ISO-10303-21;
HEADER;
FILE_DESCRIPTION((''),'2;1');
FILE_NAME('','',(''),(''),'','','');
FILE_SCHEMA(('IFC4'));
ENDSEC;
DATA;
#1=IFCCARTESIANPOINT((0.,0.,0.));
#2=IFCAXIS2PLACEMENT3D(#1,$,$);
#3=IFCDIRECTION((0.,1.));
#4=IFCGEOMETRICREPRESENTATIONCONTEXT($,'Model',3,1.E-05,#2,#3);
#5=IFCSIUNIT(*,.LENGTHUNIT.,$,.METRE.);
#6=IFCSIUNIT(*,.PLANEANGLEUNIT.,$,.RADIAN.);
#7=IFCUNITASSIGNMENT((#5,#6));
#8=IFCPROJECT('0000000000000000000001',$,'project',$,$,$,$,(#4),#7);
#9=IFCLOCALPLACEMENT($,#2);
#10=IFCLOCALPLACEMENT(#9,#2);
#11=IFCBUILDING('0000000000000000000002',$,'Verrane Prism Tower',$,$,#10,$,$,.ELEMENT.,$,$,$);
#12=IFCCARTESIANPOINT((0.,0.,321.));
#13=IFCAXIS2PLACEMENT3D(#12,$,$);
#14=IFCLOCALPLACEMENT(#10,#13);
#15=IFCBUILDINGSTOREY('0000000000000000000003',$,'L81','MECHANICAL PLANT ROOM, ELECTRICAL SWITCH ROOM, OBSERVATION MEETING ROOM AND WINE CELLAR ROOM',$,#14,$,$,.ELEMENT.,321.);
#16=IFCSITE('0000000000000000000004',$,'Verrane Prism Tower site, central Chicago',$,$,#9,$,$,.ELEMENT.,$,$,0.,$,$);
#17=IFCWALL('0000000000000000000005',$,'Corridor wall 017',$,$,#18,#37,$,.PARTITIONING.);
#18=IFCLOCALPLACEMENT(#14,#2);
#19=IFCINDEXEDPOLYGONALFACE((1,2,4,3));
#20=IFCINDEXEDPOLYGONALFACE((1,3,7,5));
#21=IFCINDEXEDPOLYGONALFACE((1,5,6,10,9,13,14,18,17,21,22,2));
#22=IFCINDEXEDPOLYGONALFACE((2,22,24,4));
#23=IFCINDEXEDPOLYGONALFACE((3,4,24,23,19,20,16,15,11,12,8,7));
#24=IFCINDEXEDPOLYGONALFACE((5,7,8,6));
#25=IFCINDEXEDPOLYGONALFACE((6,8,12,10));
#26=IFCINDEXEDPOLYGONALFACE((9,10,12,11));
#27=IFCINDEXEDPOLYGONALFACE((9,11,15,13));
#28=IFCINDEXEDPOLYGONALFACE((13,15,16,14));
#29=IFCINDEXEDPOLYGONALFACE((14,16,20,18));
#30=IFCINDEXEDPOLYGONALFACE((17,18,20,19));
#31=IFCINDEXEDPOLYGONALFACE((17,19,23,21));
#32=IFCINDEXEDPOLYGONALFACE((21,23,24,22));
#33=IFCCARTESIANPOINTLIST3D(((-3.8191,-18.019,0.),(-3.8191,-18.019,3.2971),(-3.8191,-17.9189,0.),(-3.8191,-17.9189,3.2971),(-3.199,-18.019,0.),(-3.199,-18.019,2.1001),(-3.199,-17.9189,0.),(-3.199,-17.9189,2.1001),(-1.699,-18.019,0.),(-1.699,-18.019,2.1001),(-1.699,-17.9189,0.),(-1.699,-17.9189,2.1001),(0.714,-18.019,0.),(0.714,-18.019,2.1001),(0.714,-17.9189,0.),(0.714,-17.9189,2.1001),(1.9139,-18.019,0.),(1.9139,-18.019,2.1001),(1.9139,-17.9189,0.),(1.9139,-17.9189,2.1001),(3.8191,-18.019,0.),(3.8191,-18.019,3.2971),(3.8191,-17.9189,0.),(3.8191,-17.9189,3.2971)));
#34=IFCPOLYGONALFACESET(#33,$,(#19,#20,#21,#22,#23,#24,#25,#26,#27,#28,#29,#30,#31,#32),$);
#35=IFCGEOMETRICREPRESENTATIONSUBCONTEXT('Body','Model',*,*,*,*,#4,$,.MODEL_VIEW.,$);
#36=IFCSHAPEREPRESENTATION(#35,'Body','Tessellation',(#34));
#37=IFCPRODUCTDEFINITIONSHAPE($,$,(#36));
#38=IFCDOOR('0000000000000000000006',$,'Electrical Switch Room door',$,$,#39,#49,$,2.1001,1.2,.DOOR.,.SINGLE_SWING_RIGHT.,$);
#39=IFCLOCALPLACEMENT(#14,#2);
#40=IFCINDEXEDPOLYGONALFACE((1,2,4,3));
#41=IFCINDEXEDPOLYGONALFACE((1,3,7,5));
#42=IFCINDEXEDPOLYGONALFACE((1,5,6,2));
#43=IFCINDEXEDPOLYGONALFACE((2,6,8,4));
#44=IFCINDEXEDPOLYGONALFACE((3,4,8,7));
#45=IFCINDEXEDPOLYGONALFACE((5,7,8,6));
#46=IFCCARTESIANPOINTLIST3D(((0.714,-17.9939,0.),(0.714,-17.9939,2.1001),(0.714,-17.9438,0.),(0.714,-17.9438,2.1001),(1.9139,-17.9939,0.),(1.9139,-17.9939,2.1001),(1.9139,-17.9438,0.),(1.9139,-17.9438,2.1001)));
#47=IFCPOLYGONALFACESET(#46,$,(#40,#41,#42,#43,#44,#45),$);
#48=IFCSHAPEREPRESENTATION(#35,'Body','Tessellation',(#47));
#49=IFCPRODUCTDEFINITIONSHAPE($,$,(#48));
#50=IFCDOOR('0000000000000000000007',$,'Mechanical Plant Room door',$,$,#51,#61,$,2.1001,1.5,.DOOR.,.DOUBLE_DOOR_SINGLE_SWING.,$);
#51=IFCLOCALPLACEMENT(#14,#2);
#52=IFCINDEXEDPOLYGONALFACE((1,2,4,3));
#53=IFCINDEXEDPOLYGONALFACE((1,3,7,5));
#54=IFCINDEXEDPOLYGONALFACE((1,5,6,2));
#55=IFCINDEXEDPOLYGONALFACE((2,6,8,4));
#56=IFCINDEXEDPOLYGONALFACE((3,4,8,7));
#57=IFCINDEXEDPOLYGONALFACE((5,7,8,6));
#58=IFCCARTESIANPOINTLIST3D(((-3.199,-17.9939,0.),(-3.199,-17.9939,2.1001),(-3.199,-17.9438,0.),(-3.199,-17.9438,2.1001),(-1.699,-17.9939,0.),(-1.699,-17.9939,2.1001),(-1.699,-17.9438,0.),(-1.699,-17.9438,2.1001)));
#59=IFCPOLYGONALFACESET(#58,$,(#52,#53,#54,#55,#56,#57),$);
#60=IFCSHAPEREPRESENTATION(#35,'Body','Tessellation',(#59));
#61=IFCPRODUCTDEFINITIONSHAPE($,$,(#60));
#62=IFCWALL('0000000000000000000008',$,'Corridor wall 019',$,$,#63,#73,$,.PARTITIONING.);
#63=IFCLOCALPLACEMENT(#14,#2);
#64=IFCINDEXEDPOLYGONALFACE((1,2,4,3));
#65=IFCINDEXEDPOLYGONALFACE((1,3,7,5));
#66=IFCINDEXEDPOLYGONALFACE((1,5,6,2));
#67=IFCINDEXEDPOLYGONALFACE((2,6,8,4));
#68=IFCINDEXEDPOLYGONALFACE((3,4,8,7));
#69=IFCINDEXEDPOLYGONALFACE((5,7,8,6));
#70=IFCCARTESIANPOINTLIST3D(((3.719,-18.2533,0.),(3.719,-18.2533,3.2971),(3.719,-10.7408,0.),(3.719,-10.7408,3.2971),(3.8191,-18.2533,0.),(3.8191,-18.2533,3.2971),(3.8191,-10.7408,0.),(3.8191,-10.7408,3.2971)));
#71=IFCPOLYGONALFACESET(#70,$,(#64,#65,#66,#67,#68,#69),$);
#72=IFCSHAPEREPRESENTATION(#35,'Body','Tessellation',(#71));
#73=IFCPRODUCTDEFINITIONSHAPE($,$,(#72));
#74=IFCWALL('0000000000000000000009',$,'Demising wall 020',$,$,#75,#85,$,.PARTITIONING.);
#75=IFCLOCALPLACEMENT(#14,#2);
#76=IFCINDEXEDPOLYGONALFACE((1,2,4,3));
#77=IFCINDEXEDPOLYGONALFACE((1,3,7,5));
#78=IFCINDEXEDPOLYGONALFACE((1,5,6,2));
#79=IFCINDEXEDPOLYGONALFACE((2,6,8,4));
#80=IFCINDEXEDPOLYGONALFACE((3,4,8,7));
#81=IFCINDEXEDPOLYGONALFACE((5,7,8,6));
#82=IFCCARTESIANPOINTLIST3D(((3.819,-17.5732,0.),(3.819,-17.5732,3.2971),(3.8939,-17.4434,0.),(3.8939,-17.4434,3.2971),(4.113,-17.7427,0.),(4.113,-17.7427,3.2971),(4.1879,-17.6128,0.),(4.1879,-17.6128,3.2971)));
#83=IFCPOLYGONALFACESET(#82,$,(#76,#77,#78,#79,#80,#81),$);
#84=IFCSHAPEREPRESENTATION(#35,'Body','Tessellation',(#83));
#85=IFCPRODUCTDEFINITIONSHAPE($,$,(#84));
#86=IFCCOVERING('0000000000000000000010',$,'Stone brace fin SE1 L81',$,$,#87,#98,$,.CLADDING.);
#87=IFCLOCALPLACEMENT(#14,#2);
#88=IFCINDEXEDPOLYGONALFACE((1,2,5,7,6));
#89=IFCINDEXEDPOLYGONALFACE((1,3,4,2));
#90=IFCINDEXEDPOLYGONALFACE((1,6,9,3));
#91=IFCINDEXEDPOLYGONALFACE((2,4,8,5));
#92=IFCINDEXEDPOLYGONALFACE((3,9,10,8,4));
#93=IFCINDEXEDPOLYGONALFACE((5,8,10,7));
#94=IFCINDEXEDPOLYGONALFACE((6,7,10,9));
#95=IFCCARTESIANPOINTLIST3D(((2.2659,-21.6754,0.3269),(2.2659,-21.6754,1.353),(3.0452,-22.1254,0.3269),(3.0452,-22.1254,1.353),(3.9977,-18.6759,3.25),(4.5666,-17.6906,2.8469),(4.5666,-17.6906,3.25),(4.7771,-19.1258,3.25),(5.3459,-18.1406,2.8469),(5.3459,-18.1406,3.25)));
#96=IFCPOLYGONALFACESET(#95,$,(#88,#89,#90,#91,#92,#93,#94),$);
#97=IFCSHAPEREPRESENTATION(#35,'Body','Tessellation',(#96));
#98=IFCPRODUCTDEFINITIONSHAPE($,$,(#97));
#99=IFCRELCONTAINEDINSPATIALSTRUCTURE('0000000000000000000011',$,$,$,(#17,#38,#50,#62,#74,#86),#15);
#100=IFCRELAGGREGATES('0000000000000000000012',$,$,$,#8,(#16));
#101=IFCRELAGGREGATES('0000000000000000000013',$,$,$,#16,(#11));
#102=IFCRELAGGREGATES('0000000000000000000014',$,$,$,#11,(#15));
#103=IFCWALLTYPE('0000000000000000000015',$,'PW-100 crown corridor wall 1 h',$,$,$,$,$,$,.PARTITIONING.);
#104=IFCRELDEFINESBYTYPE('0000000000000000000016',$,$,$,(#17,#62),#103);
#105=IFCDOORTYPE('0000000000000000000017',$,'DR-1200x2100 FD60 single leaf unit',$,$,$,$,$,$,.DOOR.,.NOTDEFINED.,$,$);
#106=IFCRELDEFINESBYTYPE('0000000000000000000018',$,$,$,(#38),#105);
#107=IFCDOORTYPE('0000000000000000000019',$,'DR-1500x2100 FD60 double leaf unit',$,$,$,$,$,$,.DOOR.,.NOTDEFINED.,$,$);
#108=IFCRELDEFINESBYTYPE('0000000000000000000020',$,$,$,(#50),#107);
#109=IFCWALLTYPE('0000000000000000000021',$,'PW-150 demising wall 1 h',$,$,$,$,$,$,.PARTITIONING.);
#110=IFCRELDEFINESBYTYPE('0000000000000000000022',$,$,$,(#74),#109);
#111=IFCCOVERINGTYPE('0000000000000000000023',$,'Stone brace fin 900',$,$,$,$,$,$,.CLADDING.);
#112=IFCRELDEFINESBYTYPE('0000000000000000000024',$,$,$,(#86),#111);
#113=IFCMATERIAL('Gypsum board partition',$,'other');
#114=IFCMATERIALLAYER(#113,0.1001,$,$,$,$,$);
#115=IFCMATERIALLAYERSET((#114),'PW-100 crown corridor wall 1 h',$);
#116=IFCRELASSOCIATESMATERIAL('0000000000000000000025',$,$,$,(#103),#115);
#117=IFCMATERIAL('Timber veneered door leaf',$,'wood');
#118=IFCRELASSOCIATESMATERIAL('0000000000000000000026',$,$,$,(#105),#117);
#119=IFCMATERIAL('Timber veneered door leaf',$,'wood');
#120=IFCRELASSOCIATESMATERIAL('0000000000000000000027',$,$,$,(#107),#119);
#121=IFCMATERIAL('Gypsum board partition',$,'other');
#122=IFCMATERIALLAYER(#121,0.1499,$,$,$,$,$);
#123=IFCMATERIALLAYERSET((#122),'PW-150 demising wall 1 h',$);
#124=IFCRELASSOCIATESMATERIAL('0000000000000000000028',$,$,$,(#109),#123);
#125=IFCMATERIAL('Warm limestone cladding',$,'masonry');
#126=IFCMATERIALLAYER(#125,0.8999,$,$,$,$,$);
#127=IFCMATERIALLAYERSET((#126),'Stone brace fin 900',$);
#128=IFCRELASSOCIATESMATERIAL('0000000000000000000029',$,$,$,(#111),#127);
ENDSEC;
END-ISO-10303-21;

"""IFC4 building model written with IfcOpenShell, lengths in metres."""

from ifc_helpers import new_model, si_unit, direction, frame, frame_2d, origin, place, context, subcontext, project, spatial, polyline, rectangle, outline, extrude, material, layer, layer_set, type_object, element, fill, save


model = new_model("IFC4")

# Units and contexts
model_context = context("Model", 3, precision=1e-05, world=origin(), true_north=direction((0.0, 1.0)))
body_context = subcontext(model_context, "Body", "Model", "MODEL_VIEW")
ifc_project = project(units=[si_unit("LENGTHUNIT", "METRE"), si_unit("PLANEANGLEUNIT", "RADIAN")], contexts=[model_context])

# Site, building, storey
site_placement = place(None, origin())
site = spatial("IfcSite", under=ifc_project, at=site_placement, Name="Verrane Prism Tower site, central Chicago", CompositionType="ELEMENT", RefElevation=0.0)
building_placement = place(site_placement, origin())
building = spatial("IfcBuilding", under=site, at=building_placement, Name="Verrane Prism Tower", CompositionType="ELEMENT")
storey_placement = place(building_placement, frame((0.0, 0.0, 321.0)))
storey = spatial("IfcBuildingStorey", under=building, at=storey_placement, Name="L81", Description="MECHANICAL PLANT ROOM, ELECTRICAL SWITCH ROOM, OBSERVATION MEETING ROOM AND WINE CELLAR ROOM", CompositionType="ELEMENT", Elevation=321.0)

# Wall, openings, doors
ifc_material_1 = material(Name="Gypsum board partition", Category="other")
ifc_layer_1 = layer(ifc_material_1, 0.1001)
ifc_layer_set_1 = layer_set([ifc_layer_1], Name="PW-100 crown corridor wall 1 h")
wall_type_1 = type_object("IfcWallType", Name="PW-100 crown corridor wall 1 h", PredefinedType="PARTITIONING", material=ifc_layer_set_1)
wall_1_placement = place(storey_placement, frame((3.8191, -17.969, 0.0), z_axis=(0.0, 0.0, 1.0), x_axis=(-1.0, 0.0, 0.0)))
wall_1 = element("IfcWall", 1, at=wall_1_placement, inside=storey, type_object=wall_type_1, Name="Corridor wall 017", PredefinedType="PARTITIONING", context=body_context, shape_type="SweptSolid", body=[
    extrude(rectangle(XDim=7.6382, YDim=0.1001, at=frame_2d((3.8191, 0.0))), origin(), (0.0, 0.0, 1.0), 3.2971),
])
opening_1_placement = place(wall_1_placement, frame((1.905, 0.0, 0.0)))
opening_1 = element("IfcOpeningElement", 2, at=opening_1_placement, cuts=wall_1, PredefinedType="OPENING", context=body_context, shape_type="SweptSolid", body=[
    extrude(rectangle(XDim=1.2, YDim=2.1001, at=frame_2d((0.6001, 1.05))), frame((0.0, 0.0601, 0.0), z_axis=(0.0, -1.0, 0.0), x_axis=(1.0, 0.0, 0.0)), (0.0, 0.0, 1.0), 0.1201),
])
opening_2_placement = place(wall_1_placement, frame((5.5181, 0.0, 0.0)))
opening_2 = element("IfcOpeningElement", 3, at=opening_2_placement, cuts=wall_1, PredefinedType="OPENING", context=body_context, shape_type="SweptSolid", body=[
    extrude(rectangle(XDim=1.5, YDim=2.1001, at=frame_2d((0.75, 1.05))), frame((0.0, 0.0601, 0.0), z_axis=(0.0, -1.0, 0.0), x_axis=(1.0, 0.0, 0.0)), (0.0, 0.0, 1.0), 0.1201),
])
ifc_material_2 = material(Name="Timber veneered door leaf", Category="wood")
door_type_1 = type_object("IfcDoorType", Name="DR-1200x2100 FD60 single leaf unit", OperationType="NOTDEFINED", PredefinedType="DOOR", material=ifc_material_2)
door_1_placement = place(opening_1_placement, origin())
door_1 = element("IfcDoor", 4, at=door_1_placement, inside=storey, type_object=door_type_1, Name="Electrical Switch Room door", OperationType="SINGLE_SWING_RIGHT", OverallHeight=2.1001, OverallWidth=1.2, PredefinedType="DOOR", context=body_context, shape_type="SweptSolid", body=[
    extrude(rectangle(XDim=1.2, YDim=2.1001, at=frame_2d((0.6001, 1.05))), frame((0.0, 0.0249, 0.0), z_axis=(0.0, -1.0, 0.0), x_axis=(1.0, 0.0, 0.0)), (0.0, 0.0, 1.0), 0.05),
])
fill(opening_1, door_1)
ifc_material_3 = material(Name="Timber veneered door leaf", Category="wood")
door_type_2 = type_object("IfcDoorType", Name="DR-1500x2100 FD60 double leaf unit", OperationType="NOTDEFINED", PredefinedType="DOOR", material=ifc_material_3)
door_2_placement = place(opening_2_placement, origin())
door_2 = element("IfcDoor", 5, at=door_2_placement, inside=storey, type_object=door_type_2, Name="Mechanical Plant Room door", OperationType="DOUBLE_DOOR_SINGLE_SWING", OverallHeight=2.1001, OverallWidth=1.5, PredefinedType="DOOR", context=body_context, shape_type="SweptSolid", body=[
    extrude(rectangle(XDim=1.5, YDim=2.1001, at=frame_2d((0.75, 1.05))), frame((0.0, 0.0249, 0.0), z_axis=(0.0, -1.0, 0.0), x_axis=(1.0, 0.0, 0.0)), (0.0, 0.0, 1.0), 0.05),
])
fill(opening_2, door_2)

# Walls
wall_2_placement = place(storey_placement, frame((3.769, -18.2534, 0.0), z_axis=(0.0, 0.0, 1.0), x_axis=(0.0, 1.0, 0.0)))
element("IfcWall", 6, at=wall_2_placement, inside=storey, type_object=wall_type_1, Name="Corridor wall 019", PredefinedType="PARTITIONING", context=body_context, shape_type="SweptSolid", body=[
    extrude(rectangle(XDim=7.5125, YDim=0.1001, at=frame_2d((3.7563, 0.0))), origin(), (0.0, 0.0, 1.0), 3.2971),
])
ifc_material_4 = material(Name="Gypsum board partition", Category="other")
ifc_layer_2 = layer(ifc_material_4, 0.1499)
ifc_layer_set_2 = layer_set([ifc_layer_2], Name="PW-150 demising wall 1 h")
wall_type_2 = type_object("IfcWallType", Name="PW-150 demising wall 1 h", PredefinedType="PARTITIONING", material=ifc_layer_set_2)
wall_3_placement = place(storey_placement, frame((3.8564, -17.5083, 0.0), z_axis=(0.0, 0.0, 1.0), x_axis=(0.866377, -0.49939, 0.0)))
element("IfcWall", 7, at=wall_3_placement, inside=storey, type_object=wall_type_2, Name="Demising wall 020", PredefinedType="PARTITIONING", context=body_context, shape_type="SweptSolid", body=[
    extrude(rectangle(XDim=0.3394, YDim=0.1499, at=frame_2d((0.1697, 0.0))), origin(), (0.0, 0.0, 1.0), 3.2971),
])

# Covering
ifc_material_5 = material(Name="Warm limestone cladding", Category="masonry")
ifc_layer_3 = layer(ifc_material_5, 0.8999)
ifc_layer_set_3 = layer_set([ifc_layer_3], Name="Stone brace fin 900")
covering_type = type_object("IfcCoveringType", Name="Stone brace fin 900", PredefinedType="CLADDING", material=ifc_layer_set_3)
covering_placement = place(storey_placement, frame((2.6555, -21.9004, 0.3269), z_axis=(0.0, 0.0, 1.0), x_axis=(0.500019, 0.866014, 0.0)))
element("IfcCovering", 8, at=covering_placement, inside=storey, type_object=covering_type, Name="Stone brace fin SE1 L81", PredefinedType="CLADDING", context=body_context, shape_type="SweptSolid", body=[
    extrude(outline(polyline([(4.6013, 2.9231), (3.4636, 2.9231), (0.0, 1.0261), (0.0, 0.0), (4.6013, 2.52), (4.6013, 2.9231)])), frame((0.0, 0.45, 0.0), z_axis=(0.0, -1.0, 0.0), x_axis=(1.0, 0.0, 0.0)), (0.0, 0.0, 1.0), 0.8999),
])

save(model, "model.ifc")
